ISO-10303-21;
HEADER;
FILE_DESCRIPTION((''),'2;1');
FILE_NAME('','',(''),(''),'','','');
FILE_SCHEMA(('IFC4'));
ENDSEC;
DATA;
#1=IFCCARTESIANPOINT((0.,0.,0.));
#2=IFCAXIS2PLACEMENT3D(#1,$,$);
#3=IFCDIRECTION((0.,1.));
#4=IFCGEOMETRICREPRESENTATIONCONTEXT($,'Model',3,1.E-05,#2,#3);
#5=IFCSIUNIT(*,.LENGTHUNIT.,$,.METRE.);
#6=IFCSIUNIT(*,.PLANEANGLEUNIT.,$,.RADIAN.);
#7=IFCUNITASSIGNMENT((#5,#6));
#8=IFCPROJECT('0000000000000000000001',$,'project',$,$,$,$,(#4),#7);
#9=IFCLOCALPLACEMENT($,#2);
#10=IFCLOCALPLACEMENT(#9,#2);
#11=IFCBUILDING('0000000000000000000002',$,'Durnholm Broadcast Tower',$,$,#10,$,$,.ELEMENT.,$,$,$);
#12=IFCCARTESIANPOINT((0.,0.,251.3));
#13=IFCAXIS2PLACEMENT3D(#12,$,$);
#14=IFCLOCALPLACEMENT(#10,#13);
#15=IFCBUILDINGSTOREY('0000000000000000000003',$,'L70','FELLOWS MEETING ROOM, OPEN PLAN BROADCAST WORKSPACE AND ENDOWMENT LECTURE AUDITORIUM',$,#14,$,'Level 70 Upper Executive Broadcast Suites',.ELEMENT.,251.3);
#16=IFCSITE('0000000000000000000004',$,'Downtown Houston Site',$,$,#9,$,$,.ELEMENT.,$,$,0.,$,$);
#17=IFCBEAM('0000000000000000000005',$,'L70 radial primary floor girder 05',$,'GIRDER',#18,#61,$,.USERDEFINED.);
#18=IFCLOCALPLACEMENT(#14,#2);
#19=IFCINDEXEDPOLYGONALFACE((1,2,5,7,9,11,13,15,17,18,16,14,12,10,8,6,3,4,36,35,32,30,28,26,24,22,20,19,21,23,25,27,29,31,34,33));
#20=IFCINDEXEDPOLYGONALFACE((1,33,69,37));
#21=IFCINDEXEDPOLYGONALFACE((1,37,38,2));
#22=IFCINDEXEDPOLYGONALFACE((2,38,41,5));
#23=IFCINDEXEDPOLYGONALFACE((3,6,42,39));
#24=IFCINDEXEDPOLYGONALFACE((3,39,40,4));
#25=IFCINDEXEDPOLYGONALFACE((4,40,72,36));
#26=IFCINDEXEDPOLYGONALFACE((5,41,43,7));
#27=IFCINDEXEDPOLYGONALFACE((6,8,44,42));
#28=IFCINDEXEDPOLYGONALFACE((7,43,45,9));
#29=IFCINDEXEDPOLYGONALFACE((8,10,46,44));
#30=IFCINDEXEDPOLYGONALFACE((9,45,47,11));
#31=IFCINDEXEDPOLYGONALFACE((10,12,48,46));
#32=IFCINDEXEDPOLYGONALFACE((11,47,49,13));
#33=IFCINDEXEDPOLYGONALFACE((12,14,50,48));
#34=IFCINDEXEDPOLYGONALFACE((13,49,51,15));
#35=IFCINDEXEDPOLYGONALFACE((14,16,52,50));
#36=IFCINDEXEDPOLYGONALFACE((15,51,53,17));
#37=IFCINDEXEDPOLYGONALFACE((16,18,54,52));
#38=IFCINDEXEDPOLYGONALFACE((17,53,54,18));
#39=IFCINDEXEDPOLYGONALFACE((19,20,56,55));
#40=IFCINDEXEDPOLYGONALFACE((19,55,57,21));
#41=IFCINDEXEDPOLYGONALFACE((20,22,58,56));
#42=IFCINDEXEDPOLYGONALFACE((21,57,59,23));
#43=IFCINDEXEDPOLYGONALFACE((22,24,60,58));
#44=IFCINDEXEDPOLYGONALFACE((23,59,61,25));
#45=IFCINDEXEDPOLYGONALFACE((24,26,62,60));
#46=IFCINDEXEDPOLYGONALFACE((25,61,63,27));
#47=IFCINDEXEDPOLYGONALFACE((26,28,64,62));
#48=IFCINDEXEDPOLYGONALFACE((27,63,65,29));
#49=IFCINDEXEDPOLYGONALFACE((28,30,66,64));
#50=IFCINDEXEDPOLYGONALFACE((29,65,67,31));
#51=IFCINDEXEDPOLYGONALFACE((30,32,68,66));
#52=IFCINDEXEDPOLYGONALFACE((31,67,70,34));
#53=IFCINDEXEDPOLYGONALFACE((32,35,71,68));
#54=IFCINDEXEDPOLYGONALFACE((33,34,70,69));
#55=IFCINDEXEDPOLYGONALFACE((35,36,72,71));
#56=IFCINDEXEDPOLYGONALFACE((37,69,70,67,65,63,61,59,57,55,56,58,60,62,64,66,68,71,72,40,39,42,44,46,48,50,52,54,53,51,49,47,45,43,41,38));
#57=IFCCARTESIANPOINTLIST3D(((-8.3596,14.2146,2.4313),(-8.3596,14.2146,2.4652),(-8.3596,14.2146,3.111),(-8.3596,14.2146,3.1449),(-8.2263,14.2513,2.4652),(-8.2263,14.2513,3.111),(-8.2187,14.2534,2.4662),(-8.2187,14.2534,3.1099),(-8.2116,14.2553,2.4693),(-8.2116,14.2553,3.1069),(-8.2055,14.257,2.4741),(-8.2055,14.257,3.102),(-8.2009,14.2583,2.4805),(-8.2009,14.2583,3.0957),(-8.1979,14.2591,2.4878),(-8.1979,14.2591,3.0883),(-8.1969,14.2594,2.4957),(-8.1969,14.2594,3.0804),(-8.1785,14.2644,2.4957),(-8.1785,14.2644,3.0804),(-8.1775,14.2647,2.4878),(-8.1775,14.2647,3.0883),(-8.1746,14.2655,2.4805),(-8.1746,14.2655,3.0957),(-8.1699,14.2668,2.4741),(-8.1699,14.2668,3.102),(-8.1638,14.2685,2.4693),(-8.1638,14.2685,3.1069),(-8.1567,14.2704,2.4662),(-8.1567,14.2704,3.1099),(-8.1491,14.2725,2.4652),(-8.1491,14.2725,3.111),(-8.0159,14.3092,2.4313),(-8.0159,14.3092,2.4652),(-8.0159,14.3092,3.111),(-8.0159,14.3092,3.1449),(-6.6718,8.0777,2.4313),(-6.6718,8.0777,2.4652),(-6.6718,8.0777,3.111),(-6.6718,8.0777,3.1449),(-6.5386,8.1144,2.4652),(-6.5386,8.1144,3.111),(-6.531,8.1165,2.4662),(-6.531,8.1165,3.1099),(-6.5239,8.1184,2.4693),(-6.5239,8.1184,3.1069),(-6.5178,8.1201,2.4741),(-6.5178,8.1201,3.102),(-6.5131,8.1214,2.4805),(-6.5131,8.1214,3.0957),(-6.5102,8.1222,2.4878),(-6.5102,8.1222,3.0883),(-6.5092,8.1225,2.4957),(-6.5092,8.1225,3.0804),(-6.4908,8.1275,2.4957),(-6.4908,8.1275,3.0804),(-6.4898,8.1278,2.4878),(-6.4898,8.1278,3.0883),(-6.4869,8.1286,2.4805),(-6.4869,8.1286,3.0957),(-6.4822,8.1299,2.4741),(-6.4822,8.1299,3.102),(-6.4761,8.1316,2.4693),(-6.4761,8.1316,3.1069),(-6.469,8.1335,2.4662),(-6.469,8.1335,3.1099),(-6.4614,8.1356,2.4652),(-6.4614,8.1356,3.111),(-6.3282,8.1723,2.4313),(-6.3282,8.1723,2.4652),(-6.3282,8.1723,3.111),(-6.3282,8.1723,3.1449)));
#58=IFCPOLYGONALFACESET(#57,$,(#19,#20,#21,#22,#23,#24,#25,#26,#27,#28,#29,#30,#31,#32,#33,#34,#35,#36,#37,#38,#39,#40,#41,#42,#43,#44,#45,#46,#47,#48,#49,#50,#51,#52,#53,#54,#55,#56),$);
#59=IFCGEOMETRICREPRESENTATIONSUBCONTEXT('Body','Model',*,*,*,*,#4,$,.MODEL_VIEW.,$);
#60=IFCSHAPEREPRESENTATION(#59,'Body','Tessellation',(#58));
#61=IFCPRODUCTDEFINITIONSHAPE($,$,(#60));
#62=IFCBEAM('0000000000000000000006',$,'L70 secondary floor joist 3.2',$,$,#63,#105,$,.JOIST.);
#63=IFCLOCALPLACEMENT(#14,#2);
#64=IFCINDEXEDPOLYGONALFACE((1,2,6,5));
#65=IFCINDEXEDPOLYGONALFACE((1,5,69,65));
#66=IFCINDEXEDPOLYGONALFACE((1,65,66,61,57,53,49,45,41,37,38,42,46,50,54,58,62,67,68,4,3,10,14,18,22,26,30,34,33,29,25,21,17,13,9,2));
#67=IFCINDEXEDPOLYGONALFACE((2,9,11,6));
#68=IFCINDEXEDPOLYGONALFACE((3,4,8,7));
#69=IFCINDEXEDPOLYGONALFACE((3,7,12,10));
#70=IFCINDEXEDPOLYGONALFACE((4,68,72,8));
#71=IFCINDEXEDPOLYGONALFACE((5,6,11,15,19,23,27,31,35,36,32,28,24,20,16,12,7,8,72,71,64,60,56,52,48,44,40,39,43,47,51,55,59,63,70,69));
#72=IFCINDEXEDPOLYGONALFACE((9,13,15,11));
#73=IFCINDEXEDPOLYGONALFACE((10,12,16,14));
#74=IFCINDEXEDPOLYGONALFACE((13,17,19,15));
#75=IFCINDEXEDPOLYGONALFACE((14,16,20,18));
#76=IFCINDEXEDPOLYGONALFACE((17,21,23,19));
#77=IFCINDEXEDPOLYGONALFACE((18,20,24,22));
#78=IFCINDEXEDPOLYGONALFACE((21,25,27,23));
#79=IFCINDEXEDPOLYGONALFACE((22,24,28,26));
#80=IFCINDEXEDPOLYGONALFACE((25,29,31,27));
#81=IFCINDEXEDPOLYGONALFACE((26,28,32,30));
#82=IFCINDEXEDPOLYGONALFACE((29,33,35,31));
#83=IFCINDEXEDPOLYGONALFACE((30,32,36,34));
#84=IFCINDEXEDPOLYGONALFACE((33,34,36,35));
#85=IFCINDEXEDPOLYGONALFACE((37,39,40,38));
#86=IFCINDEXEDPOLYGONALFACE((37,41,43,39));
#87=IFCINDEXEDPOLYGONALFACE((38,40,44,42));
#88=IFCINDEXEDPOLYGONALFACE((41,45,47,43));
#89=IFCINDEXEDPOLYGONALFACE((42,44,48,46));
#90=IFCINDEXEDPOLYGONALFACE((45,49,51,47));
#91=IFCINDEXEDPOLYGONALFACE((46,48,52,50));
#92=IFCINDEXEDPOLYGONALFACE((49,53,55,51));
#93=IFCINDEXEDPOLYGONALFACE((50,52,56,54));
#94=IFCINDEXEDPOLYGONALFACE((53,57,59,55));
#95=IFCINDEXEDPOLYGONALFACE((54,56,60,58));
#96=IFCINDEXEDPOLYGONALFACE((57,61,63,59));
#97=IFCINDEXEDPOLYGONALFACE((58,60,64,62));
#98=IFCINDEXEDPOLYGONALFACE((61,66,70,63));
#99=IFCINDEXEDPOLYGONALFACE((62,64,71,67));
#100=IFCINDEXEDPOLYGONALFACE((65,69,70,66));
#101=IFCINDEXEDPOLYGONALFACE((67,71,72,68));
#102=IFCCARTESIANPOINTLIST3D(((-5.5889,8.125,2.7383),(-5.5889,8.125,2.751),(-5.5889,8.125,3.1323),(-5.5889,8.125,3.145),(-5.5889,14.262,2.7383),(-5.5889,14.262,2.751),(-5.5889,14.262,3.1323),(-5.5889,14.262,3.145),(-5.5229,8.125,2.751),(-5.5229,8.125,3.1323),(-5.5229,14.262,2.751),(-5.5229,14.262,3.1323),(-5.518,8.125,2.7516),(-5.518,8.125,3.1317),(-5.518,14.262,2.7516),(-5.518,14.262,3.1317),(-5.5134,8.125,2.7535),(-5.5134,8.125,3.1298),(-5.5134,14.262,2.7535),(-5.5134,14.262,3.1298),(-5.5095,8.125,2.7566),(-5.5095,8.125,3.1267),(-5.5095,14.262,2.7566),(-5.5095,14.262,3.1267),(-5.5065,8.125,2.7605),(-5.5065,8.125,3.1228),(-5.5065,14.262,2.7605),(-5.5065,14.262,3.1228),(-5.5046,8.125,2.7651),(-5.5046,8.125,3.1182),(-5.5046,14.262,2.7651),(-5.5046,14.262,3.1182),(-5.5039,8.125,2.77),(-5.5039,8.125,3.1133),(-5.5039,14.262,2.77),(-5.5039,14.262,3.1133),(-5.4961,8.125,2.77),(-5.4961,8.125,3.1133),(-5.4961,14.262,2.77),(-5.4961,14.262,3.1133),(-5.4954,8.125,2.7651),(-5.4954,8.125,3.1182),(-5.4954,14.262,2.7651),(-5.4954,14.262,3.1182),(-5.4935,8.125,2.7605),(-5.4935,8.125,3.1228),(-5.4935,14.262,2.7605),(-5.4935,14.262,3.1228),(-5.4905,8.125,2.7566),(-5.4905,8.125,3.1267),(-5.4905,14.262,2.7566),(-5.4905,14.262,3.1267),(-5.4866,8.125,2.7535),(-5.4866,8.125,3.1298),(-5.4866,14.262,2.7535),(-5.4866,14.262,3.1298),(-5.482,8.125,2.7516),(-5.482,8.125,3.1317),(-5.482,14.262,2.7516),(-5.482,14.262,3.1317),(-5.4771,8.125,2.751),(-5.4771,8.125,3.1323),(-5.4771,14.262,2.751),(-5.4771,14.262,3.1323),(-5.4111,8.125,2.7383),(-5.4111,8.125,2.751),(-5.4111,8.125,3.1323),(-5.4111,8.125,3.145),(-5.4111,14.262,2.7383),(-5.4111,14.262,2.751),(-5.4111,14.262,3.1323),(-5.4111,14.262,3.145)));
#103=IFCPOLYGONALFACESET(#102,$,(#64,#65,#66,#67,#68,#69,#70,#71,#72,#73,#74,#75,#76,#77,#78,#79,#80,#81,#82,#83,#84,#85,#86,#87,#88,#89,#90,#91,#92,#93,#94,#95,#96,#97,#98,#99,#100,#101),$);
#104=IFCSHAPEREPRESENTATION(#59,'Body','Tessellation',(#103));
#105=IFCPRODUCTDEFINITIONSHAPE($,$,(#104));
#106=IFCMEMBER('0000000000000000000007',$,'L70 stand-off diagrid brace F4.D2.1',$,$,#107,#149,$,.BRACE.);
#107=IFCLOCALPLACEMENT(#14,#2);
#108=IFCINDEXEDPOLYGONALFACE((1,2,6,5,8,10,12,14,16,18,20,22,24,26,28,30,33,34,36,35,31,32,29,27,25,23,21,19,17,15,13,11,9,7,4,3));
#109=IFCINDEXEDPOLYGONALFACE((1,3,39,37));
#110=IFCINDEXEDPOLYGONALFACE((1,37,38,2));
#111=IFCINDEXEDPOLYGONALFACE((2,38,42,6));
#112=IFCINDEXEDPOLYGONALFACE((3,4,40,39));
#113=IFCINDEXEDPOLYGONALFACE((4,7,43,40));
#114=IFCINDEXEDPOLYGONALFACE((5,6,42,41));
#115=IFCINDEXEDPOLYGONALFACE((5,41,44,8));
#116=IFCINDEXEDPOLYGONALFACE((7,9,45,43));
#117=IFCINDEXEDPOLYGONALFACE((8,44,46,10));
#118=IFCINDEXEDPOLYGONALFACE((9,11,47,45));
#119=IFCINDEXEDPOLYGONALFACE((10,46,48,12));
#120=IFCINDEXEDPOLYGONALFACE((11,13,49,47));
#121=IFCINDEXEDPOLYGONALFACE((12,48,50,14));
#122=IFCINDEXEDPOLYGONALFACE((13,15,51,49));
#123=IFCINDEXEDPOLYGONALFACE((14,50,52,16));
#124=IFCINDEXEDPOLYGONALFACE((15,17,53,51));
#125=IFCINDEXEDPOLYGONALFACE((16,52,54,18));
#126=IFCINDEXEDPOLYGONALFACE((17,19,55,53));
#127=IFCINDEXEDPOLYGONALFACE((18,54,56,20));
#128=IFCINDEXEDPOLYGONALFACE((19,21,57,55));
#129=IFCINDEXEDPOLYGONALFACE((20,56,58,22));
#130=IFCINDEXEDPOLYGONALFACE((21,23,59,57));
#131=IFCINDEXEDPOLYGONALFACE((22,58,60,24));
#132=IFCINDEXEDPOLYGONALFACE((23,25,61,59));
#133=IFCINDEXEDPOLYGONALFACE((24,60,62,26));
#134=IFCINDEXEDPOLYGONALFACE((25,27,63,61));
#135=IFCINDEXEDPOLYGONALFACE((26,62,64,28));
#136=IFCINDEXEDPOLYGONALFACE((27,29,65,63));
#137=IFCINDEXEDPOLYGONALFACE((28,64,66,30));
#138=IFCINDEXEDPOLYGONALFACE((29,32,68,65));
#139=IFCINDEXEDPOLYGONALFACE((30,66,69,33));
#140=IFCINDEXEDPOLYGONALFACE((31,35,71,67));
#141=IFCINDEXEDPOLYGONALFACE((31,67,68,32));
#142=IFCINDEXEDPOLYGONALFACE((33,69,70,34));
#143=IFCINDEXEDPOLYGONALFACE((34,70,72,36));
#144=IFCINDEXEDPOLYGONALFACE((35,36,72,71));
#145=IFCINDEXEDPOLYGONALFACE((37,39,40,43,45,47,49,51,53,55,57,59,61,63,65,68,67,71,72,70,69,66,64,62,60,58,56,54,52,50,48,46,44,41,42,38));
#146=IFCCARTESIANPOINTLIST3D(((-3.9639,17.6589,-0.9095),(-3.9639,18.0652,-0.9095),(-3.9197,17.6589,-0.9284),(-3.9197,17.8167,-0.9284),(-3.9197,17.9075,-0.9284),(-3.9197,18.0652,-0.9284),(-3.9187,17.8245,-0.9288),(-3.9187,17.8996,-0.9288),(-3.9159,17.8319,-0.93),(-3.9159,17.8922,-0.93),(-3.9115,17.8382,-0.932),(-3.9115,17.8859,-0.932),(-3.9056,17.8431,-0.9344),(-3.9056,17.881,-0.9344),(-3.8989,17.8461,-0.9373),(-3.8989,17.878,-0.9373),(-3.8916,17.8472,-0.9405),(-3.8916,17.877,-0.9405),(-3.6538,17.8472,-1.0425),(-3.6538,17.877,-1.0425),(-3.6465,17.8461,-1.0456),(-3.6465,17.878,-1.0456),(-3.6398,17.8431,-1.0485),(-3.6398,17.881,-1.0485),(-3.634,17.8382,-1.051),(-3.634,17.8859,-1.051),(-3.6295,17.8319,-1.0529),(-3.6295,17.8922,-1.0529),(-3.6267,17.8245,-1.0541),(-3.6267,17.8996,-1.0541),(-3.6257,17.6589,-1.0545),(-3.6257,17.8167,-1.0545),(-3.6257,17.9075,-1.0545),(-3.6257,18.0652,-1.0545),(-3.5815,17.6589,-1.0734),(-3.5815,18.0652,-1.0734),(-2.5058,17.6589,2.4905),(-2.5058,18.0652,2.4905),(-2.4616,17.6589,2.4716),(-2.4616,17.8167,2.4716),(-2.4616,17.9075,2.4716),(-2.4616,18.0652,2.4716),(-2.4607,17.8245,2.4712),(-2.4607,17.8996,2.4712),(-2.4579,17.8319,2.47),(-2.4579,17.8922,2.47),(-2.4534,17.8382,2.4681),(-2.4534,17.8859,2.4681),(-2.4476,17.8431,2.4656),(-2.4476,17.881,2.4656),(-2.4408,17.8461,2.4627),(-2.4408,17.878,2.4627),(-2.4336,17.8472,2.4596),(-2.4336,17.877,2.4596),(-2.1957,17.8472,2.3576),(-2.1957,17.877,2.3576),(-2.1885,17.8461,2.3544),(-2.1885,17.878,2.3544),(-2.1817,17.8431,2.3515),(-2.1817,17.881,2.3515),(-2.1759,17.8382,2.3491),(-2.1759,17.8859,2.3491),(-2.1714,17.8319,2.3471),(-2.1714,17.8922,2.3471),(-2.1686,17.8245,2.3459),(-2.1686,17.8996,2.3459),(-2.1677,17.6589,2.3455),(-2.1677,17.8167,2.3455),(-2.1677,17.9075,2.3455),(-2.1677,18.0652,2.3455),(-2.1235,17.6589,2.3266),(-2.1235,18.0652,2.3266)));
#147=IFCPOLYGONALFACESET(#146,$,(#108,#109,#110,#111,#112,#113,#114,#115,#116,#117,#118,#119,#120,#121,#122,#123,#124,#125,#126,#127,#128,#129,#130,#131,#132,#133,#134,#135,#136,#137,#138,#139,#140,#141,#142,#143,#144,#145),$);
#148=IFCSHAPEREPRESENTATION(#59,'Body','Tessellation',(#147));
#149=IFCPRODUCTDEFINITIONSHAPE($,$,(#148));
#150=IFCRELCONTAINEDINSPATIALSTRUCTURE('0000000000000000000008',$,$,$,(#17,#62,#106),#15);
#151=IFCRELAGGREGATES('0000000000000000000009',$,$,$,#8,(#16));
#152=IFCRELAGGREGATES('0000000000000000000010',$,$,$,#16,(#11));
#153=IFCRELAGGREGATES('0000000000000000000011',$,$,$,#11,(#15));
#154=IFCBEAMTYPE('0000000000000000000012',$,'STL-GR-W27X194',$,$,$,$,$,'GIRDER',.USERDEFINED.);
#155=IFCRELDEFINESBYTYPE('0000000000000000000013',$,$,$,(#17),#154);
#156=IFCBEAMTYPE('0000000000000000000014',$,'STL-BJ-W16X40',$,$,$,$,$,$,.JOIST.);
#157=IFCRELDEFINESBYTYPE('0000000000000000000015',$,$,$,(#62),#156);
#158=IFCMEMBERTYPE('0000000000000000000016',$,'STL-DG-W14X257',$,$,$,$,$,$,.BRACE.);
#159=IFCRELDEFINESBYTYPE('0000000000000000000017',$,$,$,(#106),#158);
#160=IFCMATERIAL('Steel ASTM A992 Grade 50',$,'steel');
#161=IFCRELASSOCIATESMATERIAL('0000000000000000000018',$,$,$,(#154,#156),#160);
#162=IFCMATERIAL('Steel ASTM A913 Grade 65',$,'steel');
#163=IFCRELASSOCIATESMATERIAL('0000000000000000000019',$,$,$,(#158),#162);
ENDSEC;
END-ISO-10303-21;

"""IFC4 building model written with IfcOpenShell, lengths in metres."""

from ifc_helpers import new_model, si_unit, direction, frame, origin, origin_2d, place, context, subcontext, project, spatial, i_section, extrude, source, transform, mapped, material, material_profile, profile_set, type_object, type_shapes, element, save


model = new_model("IFC4")

# Units and contexts
model_context = context("Model", 3, precision=1e-05, world=origin(), true_north=direction((0.0, 1.0)))
body_context = subcontext(model_context, "Body", "Model", "MODEL_VIEW")
ifc_project = project(units=[si_unit("LENGTHUNIT", "METRE"), si_unit("PLANEANGLEUNIT", "RADIAN")], contexts=[model_context])

# Site, building, storey
site_placement = place(None, origin())
site = spatial("IfcSite", under=ifc_project, at=site_placement, Name="Downtown Houston Site", CompositionType="ELEMENT", RefElevation=0.0)
building_placement = place(site_placement, origin())
building = spatial("IfcBuilding", under=site, at=building_placement, Name="Durnholm Broadcast Tower", CompositionType="ELEMENT")
storey_placement = place(building_placement, frame((0.0, 0.0, 251.3)))
storey = spatial("IfcBuildingStorey", under=building, at=storey_placement, Name="L70", Description="FELLOWS MEETING ROOM, OPEN PLAN BROADCAST WORKSPACE AND ENDOWMENT LECTURE AUDITORIUM", LongName="Level 70 Upper Executive Broadcast Suites", CompositionType="ELEMENT", Elevation=251.3)

# Beams
ifc_material_1 = material(Name="Steel ASTM A992 Grade 50", Category="steel")
ifc_material_profile_1 = material_profile(ifc_material_1, i_section(OverallWidth=0.3564, OverallDepth=0.7136, WebThickness=0.019, FlangeThickness=0.0339, FilletRadius=0.0305, at=origin_2d()), Name="W27X194")
ifc_profile_set_1 = profile_set([ifc_material_profile_1], Name="Steel ASTM A992 Grade 50")
beam_type_1 = type_object("IfcBeamType", Name="STL-GR-W27X194", ElementType="GIRDER", PredefinedType="USERDEFINED", material=ifc_profile_set_1)
shared_shape_1 = source(origin(), body_context, "Body", "SweptSolid", [
    extrude(i_section(OverallWidth=0.3564, OverallDepth=0.7136, WebThickness=0.019, FlangeThickness=0.0339, FilletRadius=0.0305, at=origin_2d()), origin(), (0.0, 0.0, 1.0), 6.3647),
])
type_shapes(beam_type_1, [shared_shape_1])
beam_1_placement = place(storey_placement, frame((-6.5, 8.125, 2.7881), z_axis=(-0.265168, 0.964202, 0.0), x_axis=(-0.964202, -0.265168, 0.0)))
element("IfcBeam", 1, at=beam_1_placement, inside=storey, type_object=beam_type_1, Name="L70 radial primary floor girder 05", ObjectType="GIRDER", PredefinedType="USERDEFINED", context=body_context, shape_type="MappedRepresentation", body=[
    mapped(shared_shape_1, transform((0.0, 0.0, 0.0), x_axis=(1.0, 0.0, 0.0), y_axis=(0.0, 1.0, 0.0), z_axis=(0.0, 0.0, 1.0), scale=1.0)),
])
ifc_material_profile_2 = material_profile(ifc_material_1, i_section(OverallWidth=0.1777, OverallDepth=0.4067, WebThickness=0.0078, FlangeThickness=0.0127, FilletRadius=0.019, at=origin_2d()), Name="W16X40")
ifc_profile_set_2 = profile_set([ifc_material_profile_2], Name="Steel ASTM A992 Grade 50")
beam_type_2 = type_object("IfcBeamType", Name="STL-BJ-W16X40", PredefinedType="JOIST", material=ifc_profile_set_2)
shared_shape_2 = source(origin(), body_context, "Body", "SweptSolid", [
    extrude(i_section(OverallWidth=0.1777, OverallDepth=0.4067, WebThickness=0.0078, FlangeThickness=0.0127, FilletRadius=0.019, at=origin_2d()), origin(), (0.0, 0.0, 1.0), 6.137),
])
type_shapes(beam_type_2, [shared_shape_2])
beam_2_placement = place(storey_placement, frame((-5.5, 8.125, 2.9417), z_axis=(0.0, 1.0, 0.0), x_axis=(-1.0, 0.0, 0.0)))
element("IfcBeam", 2, at=beam_2_placement, inside=storey, type_object=beam_type_2, Name="L70 secondary floor joist 3.2", PredefinedType="JOIST", context=body_context, shape_type="MappedRepresentation", body=[
    mapped(shared_shape_2, transform((0.0, 0.0, 0.0), x_axis=(1.0, 0.0, 0.0), y_axis=(0.0, 1.0, 0.0), z_axis=(0.0, 0.0, 1.0), scale=1.0)),
])

# Member
ifc_material_2 = material(Name="Steel ASTM A913 Grade 65", Category="steel")
ifc_material_profile_3 = material_profile(ifc_material_2, i_section(OverallWidth=0.4062, OverallDepth=0.416, WebThickness=0.0298, FlangeThickness=0.0481, FilletRadius=0.0305, at=origin_2d()), Name="W14X257")
ifc_profile_set_3 = profile_set([ifc_material_profile_3], Name="Steel ASTM A913 Grade 65")
member_type_1 = type_object("IfcMemberType", Name="STL-DG-W14X257", PredefinedType="BRACE", material=ifc_profile_set_3)
shared_shape_3 = source(origin(), body_context, "Body", "SweptSolid", [
    extrude(i_section(OverallWidth=0.4062, OverallDepth=0.416, WebThickness=0.0298, FlangeThickness=0.0481, FilletRadius=0.0305, at=origin_2d()), origin(), (0.0, 0.0, 1.0), 3.6995),
])
type_shapes(member_type_1, [shared_shape_3])
for number, where, z_axis, x_axis, name in (
    (3, (-3.7727, 17.8621, -0.9915), (0.394126, 0.0, 0.919056), (0.0, 1.0, 0.0), "L70 stand-off diagrid brace F4.D2.1"),
):
    element("IfcMember", number, at=place(storey_placement, frame(where, z_axis=z_axis, x_axis=x_axis)), inside=storey, type_object=member_type_1, Name=name, PredefinedType="BRACE", context=body_context, shape_type="MappedRepresentation", body=[
        mapped(shared_shape_3, transform((0.0, 0.0, 0.0), x_axis=(1.0, 0.0, 0.0), y_axis=(0.0, 1.0, 0.0), z_axis=(0.0, 0.0, 1.0), scale=1.0)),
    ])

save(model, "model.ifc")
